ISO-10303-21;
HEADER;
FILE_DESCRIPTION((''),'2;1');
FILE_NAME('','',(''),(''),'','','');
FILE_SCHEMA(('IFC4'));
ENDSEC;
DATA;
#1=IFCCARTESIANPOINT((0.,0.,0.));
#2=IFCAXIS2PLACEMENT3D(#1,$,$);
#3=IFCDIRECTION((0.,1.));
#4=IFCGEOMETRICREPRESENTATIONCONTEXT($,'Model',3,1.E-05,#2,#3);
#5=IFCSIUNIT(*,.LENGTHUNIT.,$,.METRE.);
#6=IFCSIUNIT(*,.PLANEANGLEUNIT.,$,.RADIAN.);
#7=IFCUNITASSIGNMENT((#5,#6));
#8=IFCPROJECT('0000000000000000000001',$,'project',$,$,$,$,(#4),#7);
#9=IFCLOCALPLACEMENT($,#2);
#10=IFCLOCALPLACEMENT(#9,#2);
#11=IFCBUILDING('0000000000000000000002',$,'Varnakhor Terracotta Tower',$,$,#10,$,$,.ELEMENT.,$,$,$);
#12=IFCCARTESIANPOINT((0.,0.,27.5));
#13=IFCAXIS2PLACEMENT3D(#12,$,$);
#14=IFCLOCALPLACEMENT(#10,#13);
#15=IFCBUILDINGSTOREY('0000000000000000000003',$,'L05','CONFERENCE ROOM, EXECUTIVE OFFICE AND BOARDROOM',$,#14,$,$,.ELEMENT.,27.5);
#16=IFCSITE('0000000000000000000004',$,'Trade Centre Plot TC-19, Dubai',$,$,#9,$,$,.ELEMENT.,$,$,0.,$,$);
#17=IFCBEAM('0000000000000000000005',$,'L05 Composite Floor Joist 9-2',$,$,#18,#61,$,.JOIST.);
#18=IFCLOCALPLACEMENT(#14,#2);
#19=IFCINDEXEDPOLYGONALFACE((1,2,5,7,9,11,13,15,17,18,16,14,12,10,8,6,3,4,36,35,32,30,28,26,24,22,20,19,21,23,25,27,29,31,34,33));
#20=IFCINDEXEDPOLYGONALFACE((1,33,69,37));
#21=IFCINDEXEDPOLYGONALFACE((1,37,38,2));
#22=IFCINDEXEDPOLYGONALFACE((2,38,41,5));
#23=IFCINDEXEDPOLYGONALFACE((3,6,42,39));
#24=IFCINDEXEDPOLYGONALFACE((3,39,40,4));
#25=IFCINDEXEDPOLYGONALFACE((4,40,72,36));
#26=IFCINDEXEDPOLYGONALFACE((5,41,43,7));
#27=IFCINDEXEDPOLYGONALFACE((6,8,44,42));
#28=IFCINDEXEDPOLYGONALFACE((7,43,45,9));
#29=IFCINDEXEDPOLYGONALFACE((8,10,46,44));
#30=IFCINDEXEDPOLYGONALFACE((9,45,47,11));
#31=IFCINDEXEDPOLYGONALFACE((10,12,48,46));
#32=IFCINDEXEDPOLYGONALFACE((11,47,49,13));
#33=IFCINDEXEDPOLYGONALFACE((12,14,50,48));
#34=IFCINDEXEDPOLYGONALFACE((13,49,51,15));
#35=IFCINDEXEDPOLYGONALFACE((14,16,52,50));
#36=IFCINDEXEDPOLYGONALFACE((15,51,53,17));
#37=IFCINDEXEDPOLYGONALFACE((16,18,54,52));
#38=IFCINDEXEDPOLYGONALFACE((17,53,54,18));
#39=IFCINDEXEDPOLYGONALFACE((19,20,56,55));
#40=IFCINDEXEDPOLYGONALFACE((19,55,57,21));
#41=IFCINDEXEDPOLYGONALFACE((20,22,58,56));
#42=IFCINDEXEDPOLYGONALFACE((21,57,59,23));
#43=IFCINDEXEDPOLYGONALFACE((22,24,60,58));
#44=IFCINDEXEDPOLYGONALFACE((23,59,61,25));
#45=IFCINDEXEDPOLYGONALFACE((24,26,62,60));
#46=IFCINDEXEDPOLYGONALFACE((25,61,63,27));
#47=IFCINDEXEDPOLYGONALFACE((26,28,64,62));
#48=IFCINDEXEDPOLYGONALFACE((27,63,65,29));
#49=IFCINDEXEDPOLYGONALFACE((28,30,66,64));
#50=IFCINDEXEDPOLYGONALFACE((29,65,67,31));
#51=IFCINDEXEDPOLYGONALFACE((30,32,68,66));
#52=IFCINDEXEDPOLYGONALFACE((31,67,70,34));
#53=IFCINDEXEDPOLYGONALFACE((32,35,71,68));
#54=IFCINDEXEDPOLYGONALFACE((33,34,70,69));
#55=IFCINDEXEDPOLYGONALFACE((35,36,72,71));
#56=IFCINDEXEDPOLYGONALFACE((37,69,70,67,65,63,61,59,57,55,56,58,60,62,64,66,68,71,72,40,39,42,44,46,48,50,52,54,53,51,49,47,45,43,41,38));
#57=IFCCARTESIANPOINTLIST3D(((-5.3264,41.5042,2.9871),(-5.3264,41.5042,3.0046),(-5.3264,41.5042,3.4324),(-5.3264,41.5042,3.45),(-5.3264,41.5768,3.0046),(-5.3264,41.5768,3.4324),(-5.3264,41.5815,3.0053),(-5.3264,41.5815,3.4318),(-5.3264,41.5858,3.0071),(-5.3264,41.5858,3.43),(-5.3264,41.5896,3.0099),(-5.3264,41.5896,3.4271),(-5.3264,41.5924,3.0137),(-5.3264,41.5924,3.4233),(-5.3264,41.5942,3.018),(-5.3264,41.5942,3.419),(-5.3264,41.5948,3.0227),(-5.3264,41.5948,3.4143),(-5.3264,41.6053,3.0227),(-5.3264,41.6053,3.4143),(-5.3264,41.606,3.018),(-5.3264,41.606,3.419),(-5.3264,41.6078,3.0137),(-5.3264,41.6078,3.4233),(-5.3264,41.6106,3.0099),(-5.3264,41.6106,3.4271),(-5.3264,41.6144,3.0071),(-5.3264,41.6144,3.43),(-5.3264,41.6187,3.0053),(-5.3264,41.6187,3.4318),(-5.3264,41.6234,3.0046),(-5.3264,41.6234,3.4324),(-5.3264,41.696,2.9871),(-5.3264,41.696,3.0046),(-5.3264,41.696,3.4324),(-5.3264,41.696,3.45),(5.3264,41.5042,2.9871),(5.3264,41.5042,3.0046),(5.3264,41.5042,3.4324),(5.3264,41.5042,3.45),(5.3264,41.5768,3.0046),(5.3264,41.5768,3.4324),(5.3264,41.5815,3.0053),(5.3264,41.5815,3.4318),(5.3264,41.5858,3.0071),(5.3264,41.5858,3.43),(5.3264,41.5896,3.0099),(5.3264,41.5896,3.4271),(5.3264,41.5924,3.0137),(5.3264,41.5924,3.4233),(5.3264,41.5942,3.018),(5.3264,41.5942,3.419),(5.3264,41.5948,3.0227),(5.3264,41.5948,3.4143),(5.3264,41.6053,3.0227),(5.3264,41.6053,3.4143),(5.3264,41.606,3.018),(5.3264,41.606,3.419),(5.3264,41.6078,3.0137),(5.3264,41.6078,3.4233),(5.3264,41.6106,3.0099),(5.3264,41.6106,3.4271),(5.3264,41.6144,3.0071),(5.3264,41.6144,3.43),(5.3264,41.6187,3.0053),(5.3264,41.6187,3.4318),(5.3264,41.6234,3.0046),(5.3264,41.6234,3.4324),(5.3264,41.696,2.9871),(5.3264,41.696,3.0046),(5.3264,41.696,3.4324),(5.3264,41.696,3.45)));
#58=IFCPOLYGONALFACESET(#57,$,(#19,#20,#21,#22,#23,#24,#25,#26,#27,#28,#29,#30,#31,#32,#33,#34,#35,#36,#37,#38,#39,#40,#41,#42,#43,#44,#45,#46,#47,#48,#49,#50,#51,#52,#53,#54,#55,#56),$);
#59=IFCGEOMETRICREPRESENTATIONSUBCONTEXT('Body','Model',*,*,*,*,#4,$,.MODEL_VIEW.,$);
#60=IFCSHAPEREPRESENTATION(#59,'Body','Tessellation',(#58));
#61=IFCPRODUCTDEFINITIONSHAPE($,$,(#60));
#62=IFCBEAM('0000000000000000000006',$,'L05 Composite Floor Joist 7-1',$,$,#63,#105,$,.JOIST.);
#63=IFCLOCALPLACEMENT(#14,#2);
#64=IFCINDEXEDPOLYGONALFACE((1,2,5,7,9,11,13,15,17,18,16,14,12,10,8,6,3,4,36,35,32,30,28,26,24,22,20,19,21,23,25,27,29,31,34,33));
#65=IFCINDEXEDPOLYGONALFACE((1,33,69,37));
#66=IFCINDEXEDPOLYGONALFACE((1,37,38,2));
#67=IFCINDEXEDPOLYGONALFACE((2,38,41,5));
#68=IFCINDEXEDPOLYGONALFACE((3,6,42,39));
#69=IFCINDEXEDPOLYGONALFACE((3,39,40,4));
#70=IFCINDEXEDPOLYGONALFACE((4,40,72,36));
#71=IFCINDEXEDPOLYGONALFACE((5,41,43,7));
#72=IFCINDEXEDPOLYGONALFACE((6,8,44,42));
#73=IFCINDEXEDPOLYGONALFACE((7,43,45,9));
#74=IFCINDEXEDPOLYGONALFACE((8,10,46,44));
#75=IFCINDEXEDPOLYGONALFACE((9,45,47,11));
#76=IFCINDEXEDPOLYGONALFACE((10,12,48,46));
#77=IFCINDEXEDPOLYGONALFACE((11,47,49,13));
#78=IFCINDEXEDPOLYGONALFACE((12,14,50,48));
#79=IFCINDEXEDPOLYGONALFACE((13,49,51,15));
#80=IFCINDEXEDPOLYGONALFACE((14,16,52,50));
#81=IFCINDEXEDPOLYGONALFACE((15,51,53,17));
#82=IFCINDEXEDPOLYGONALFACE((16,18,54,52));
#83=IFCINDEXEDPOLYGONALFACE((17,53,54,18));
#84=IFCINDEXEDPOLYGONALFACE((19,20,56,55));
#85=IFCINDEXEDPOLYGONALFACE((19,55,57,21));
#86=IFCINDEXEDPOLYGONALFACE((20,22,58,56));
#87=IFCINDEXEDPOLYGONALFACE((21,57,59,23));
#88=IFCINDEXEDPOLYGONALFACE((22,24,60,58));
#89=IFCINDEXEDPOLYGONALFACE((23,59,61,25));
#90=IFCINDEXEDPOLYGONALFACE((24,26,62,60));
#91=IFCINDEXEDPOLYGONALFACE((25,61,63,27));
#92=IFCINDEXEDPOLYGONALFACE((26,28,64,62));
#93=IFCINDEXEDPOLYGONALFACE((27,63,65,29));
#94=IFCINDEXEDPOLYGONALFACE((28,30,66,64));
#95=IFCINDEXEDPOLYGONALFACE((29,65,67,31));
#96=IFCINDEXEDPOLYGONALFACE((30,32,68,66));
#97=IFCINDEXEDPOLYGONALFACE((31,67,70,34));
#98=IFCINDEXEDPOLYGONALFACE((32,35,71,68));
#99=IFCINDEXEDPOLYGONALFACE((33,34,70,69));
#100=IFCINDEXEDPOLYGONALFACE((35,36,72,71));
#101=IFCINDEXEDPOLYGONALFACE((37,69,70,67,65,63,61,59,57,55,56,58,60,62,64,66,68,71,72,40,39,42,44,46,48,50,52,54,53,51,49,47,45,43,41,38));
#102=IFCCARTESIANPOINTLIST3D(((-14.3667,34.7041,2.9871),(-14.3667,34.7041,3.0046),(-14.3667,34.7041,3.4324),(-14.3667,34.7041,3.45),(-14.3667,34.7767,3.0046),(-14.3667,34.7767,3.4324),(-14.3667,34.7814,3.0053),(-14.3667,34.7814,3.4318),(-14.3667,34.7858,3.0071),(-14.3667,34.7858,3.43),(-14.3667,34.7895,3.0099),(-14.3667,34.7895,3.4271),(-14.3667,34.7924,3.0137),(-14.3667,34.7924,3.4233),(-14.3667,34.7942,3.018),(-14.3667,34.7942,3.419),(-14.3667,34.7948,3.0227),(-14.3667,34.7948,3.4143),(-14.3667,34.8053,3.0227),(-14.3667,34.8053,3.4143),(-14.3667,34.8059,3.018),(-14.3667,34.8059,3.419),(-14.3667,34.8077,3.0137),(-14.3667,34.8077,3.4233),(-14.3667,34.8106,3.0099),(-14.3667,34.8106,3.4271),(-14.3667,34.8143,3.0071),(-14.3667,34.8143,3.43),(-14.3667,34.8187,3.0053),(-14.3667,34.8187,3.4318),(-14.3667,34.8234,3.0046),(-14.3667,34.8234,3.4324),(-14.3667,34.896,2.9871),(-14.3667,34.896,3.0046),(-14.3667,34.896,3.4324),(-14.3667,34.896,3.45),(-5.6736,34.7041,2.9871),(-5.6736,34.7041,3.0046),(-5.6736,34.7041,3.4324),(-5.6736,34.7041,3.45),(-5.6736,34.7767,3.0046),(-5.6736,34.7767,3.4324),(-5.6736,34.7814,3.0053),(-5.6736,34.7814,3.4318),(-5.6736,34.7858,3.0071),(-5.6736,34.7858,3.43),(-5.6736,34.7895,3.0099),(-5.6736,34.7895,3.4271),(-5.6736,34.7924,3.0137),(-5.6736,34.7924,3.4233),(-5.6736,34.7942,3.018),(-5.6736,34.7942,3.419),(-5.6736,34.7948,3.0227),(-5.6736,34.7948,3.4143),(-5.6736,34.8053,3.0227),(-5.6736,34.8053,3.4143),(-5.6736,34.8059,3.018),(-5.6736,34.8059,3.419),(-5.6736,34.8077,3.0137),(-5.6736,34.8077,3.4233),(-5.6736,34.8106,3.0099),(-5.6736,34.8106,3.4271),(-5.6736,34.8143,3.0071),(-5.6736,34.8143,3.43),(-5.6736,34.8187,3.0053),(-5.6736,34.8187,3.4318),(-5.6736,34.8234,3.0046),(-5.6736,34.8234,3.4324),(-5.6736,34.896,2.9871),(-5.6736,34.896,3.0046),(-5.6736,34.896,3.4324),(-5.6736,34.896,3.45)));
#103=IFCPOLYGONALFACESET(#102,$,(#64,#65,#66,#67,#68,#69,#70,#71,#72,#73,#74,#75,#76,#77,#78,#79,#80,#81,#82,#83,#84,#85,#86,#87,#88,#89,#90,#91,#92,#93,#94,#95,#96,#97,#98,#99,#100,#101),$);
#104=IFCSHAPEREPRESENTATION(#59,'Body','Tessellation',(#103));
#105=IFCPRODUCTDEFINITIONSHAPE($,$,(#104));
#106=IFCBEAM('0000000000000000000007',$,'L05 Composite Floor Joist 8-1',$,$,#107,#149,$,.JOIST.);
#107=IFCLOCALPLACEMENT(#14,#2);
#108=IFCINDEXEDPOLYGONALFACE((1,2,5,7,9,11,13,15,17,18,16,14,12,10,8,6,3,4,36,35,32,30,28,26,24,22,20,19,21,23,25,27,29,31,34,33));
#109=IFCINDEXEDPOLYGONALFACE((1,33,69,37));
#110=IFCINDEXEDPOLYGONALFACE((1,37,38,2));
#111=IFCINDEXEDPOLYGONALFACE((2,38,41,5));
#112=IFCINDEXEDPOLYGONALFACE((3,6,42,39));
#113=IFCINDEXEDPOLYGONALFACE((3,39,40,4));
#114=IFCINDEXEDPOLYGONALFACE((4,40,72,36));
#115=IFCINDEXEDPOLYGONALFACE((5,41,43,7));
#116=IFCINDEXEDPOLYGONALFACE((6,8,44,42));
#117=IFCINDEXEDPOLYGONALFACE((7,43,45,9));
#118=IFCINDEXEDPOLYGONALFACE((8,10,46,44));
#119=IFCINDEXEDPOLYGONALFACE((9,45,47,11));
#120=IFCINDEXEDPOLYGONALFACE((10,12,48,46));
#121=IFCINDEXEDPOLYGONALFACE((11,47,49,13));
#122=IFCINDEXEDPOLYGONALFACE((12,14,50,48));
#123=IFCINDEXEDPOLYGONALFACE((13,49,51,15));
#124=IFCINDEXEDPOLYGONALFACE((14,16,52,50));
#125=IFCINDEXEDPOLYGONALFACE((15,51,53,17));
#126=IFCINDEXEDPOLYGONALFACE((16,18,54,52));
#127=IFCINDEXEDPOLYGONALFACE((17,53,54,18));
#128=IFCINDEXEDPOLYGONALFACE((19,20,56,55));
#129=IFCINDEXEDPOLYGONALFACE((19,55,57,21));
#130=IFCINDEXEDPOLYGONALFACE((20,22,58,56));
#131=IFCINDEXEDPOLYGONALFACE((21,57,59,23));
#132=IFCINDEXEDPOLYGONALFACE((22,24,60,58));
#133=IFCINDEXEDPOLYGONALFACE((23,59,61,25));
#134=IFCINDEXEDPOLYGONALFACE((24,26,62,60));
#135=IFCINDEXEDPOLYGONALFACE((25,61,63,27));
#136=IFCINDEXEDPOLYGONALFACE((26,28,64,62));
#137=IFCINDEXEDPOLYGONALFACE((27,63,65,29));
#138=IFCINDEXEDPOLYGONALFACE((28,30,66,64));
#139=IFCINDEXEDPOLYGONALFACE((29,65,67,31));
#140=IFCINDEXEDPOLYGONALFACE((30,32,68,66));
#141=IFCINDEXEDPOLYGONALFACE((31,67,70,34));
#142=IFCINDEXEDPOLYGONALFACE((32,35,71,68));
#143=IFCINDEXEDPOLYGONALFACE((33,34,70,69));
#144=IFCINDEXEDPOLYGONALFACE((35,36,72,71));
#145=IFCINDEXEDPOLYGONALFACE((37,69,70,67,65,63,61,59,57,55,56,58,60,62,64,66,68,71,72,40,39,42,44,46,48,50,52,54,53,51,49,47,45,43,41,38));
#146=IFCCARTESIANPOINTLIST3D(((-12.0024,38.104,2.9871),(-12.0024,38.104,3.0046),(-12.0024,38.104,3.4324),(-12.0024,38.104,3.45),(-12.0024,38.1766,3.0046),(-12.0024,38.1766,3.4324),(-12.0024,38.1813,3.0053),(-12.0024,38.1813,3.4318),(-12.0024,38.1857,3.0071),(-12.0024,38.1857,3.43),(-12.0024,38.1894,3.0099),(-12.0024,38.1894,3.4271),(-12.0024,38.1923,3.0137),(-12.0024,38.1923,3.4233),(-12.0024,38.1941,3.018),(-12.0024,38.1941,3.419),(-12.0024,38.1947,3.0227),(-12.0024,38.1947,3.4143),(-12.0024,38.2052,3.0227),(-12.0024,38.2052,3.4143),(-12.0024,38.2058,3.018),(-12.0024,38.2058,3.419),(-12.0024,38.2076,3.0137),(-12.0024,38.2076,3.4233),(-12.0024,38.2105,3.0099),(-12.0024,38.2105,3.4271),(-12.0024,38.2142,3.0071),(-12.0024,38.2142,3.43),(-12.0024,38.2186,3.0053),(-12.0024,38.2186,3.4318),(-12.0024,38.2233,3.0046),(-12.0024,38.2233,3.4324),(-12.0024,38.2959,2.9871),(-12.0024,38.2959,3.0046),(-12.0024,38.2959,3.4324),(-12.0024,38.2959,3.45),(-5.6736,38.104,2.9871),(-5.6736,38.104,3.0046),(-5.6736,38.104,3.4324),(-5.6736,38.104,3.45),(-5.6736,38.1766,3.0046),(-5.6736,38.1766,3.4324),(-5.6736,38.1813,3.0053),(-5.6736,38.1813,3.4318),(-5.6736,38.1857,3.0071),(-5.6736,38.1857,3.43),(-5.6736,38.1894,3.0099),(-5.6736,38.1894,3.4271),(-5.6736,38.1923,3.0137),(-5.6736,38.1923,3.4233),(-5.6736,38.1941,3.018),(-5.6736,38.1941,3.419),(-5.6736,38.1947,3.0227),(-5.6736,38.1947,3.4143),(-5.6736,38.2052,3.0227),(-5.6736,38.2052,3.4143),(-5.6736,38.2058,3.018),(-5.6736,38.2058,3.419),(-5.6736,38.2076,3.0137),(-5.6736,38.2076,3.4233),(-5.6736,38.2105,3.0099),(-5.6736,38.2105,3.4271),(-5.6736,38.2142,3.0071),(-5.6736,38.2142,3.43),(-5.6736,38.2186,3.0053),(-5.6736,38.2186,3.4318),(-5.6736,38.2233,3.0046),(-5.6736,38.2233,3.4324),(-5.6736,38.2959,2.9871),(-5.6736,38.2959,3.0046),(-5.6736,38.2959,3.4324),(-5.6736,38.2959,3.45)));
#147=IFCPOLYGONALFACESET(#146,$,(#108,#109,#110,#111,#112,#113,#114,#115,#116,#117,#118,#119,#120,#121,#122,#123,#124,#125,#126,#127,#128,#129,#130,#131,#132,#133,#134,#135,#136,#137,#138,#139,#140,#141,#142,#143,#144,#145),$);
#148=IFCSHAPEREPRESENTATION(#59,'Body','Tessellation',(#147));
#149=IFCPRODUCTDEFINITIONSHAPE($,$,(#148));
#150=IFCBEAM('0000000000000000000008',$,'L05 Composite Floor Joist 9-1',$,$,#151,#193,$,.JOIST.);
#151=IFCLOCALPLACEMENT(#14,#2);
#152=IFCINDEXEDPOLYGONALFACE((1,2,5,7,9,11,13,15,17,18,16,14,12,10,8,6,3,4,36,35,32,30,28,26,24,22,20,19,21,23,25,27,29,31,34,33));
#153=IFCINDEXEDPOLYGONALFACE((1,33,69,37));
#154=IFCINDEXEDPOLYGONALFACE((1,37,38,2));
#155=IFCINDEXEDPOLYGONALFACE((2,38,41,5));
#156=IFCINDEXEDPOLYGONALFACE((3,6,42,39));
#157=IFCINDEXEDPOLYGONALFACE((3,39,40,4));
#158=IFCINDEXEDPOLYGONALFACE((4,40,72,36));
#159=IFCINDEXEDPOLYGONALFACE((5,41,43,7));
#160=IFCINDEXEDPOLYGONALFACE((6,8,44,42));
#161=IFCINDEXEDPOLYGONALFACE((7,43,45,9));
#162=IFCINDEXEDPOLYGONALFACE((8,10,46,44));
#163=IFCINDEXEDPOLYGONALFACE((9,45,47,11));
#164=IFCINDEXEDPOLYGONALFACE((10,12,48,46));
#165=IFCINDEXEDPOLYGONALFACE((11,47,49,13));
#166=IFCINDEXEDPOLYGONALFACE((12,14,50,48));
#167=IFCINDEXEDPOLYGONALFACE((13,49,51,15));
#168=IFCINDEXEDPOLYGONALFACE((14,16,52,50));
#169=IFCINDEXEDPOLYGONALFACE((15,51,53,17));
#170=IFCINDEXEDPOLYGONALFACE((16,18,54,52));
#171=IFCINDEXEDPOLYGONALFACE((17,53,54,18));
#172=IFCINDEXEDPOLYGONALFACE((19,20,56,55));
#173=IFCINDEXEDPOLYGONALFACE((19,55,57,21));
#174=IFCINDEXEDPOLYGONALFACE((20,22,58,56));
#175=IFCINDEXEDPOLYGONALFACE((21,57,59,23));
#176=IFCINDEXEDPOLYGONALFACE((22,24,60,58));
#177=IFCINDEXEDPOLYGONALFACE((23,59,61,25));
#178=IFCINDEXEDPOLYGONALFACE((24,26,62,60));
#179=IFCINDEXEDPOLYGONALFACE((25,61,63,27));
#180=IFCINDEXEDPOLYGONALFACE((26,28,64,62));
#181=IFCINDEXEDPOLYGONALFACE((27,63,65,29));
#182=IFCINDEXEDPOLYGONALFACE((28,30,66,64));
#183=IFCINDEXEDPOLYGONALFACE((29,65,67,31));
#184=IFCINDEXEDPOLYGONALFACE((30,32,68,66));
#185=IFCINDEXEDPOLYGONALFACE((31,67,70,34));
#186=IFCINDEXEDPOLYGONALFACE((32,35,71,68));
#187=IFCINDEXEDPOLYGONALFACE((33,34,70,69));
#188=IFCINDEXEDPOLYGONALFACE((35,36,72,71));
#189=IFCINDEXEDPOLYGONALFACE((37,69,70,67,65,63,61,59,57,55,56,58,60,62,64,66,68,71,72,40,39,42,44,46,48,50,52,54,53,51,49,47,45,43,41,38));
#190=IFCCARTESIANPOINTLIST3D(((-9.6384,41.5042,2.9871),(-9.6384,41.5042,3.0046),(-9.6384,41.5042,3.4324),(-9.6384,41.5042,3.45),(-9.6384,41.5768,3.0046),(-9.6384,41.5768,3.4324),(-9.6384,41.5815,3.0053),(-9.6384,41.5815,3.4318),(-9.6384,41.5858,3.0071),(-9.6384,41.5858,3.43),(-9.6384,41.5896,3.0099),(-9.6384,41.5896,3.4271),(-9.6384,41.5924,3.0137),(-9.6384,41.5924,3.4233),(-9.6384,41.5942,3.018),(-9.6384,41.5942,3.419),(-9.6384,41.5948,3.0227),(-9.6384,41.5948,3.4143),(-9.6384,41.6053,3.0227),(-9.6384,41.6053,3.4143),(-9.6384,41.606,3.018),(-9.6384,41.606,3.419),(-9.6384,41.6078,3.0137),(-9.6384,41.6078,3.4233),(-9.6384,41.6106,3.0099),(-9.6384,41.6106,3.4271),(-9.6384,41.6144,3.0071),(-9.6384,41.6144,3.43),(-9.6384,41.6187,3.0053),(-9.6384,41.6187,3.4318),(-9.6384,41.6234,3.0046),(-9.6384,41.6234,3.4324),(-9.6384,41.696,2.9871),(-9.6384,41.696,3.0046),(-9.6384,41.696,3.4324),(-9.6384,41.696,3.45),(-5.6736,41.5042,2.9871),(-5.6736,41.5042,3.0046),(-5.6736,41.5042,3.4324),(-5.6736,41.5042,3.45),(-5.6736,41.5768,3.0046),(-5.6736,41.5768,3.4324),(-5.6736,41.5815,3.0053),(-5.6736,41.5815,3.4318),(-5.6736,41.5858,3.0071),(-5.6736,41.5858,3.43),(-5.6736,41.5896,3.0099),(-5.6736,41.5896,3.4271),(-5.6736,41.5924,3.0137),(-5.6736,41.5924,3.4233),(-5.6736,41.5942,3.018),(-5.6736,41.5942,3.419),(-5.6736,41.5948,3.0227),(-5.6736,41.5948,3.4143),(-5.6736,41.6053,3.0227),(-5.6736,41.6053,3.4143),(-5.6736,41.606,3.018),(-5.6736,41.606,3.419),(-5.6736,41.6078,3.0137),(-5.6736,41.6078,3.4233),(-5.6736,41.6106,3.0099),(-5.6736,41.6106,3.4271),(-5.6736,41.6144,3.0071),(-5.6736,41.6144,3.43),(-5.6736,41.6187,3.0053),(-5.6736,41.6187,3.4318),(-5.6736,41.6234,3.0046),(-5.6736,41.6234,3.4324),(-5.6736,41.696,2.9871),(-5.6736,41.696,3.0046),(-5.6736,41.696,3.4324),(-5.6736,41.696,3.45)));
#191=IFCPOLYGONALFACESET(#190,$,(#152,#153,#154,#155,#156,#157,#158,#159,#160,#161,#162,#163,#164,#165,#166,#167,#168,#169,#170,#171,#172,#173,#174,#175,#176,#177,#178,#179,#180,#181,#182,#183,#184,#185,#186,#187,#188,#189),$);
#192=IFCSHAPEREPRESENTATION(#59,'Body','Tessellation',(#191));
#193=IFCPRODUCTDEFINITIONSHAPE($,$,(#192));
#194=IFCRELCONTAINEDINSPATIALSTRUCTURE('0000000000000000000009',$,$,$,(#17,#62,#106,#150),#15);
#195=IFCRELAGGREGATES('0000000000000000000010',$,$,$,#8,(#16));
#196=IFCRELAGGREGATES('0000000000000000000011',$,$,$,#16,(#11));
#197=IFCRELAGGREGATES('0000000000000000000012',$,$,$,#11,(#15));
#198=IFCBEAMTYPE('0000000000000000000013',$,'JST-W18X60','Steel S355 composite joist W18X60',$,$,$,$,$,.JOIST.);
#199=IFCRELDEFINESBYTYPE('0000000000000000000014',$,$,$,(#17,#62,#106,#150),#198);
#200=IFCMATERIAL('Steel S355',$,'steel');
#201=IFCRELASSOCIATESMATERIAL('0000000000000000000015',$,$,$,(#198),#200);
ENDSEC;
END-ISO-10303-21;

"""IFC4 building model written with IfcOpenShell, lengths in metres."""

from ifc_helpers import new_model, si_unit, direction, frame, origin, origin_2d, place, context, subcontext, project, spatial, i_section, extrude, source, transform, mapped, material, material_profile, profile_set, type_object, element, save


model = new_model("IFC4")

# Units and contexts
model_context = context("Model", 3, precision=1e-05, world=origin(), true_north=direction((0.0, 1.0)))
body_context = subcontext(model_context, "Body", "Model", "MODEL_VIEW")
ifc_project = project(units=[si_unit("LENGTHUNIT", "METRE"), si_unit("PLANEANGLEUNIT", "RADIAN")], contexts=[model_context])

# Site, building, storey
site_placement = place(None, origin())
site = spatial("IfcSite", under=ifc_project, at=site_placement, Name="Trade Centre Plot TC-19, Dubai", CompositionType="ELEMENT", RefElevation=0.0)
building_placement = place(site_placement, origin())
building = spatial("IfcBuilding", under=site, at=building_placement, Name="Varnakhor Terracotta Tower", CompositionType="ELEMENT")
storey_placement = place(building_placement, frame((0.0, 0.0, 27.5)))
storey = spatial("IfcBuildingStorey", under=building, at=storey_placement, Name="L05", Description="CONFERENCE ROOM, EXECUTIVE OFFICE AND BOARDROOM", CompositionType="ELEMENT", Elevation=27.5)

# Beams
ifc_material_1 = material(Name="Steel S355", Category="steel")
ifc_material_profile_1 = material_profile(ifc_material_1, i_section(OverallWidth=0.1919, OverallDepth=0.4629, WebThickness=0.0105, FlangeThickness=0.0176, FilletRadius=0.0181, at=origin_2d()), Name="W18X60")
ifc_profile_set_1 = profile_set([ifc_material_profile_1], Name="Steel S355")
beam_type_1 = type_object("IfcBeamType", Name="JST-W18X60", Description="Steel S355 composite joist W18X60", PredefinedType="JOIST", material=ifc_profile_set_1)
shared_shape_1 = source(origin(), body_context, "Body", "SweptSolid", [
    extrude(i_section(OverallWidth=0.1919, OverallDepth=0.4629, WebThickness=0.0105, FlangeThickness=0.0176, FilletRadius=0.0181, at=origin_2d()), origin(), (0.0, 0.0, 1.0), 10.6528),
])
for number, where, z_axis, x_axis, name in (
    (1, (-5.3264, 41.6001, 3.2185), (1.0, 0.0, 0.0), (0.0, 1.0, 0.0), "L05 Composite Floor Joist 9-2"),
):
    element("IfcBeam", number, at=place(storey_placement, frame(where, z_axis=z_axis, x_axis=x_axis)), inside=storey, type_object=beam_type_1, Name=name, PredefinedType="JOIST", context=body_context, shape_type="MappedRepresentation", body=[
        mapped(shared_shape_1, transform((0.0, 0.0, 0.0), scale=1.0)),
    ])
shared_shape_2 = source(origin(), body_context, "Body", "SweptSolid", [
    extrude(i_section(OverallWidth=0.1919, OverallDepth=0.4629, WebThickness=0.0105, FlangeThickness=0.0176, FilletRadius=0.0181, at=origin_2d()), origin(), (0.0, 0.0, 1.0), 8.6931),
])
beam_1_placement = place(storey_placement, frame((-14.3667, 34.8, 3.2185), z_axis=(1.0, 0.0, 0.0), x_axis=(0.0, 1.0, 0.0)))
element("IfcBeam", 2, at=beam_1_placement, inside=storey, type_object=beam_type_1, Name="L05 Composite Floor Joist 7-1", PredefinedType="JOIST", context=body_context, shape_type="MappedRepresentation", body=[
    mapped(shared_shape_2, transform((0.0, 0.0, 0.0), scale=1.0)),
])
shared_shape_3 = source(origin(), body_context, "Body", "SweptSolid", [
    extrude(i_section(OverallWidth=0.1919, OverallDepth=0.4629, WebThickness=0.0105, FlangeThickness=0.0176, FilletRadius=0.0181, at=origin_2d()), origin(), (0.0, 0.0, 1.0), 6.3289),
])
beam_2_placement = place(storey_placement, frame((-12.0024, 38.2, 3.2185), z_axis=(1.0, 0.0, 0.0), x_axis=(0.0, 1.0, 0.0)))
element("IfcBeam", 3, at=beam_2_placement, inside=storey, type_object=beam_type_1, Name="L05 Composite Floor Joist 8-1", PredefinedType="JOIST", context=body_context, shape_type="MappedRepresentation", body=[
    mapped(shared_shape_3, transform((0.0, 0.0, 0.0), scale=1.0)),
])
shared_shape_4 = source(origin(), body_context, "Body", "SweptSolid", [
    extrude(i_section(OverallWidth=0.1919, OverallDepth=0.4629, WebThickness=0.0105, FlangeThickness=0.0176, FilletRadius=0.0181, at=origin_2d()), origin(), (0.0, 0.0, 1.0), 3.9648),
])
beam_3_placement = place(storey_placement, frame((-9.6384, 41.6001, 3.2185), z_axis=(1.0, 0.0, 0.0), x_axis=(0.0, 1.0, 0.0)))
element("IfcBeam", 4, at=beam_3_placement, inside=storey, type_object=beam_type_1, Name="L05 Composite Floor Joist 9-1", PredefinedType="JOIST", context=body_context, shape_type="MappedRepresentation", body=[
    mapped(shared_shape_4, transform((0.0, 0.0, 0.0), scale=1.0)),
])

save(model, "model.ifc")
